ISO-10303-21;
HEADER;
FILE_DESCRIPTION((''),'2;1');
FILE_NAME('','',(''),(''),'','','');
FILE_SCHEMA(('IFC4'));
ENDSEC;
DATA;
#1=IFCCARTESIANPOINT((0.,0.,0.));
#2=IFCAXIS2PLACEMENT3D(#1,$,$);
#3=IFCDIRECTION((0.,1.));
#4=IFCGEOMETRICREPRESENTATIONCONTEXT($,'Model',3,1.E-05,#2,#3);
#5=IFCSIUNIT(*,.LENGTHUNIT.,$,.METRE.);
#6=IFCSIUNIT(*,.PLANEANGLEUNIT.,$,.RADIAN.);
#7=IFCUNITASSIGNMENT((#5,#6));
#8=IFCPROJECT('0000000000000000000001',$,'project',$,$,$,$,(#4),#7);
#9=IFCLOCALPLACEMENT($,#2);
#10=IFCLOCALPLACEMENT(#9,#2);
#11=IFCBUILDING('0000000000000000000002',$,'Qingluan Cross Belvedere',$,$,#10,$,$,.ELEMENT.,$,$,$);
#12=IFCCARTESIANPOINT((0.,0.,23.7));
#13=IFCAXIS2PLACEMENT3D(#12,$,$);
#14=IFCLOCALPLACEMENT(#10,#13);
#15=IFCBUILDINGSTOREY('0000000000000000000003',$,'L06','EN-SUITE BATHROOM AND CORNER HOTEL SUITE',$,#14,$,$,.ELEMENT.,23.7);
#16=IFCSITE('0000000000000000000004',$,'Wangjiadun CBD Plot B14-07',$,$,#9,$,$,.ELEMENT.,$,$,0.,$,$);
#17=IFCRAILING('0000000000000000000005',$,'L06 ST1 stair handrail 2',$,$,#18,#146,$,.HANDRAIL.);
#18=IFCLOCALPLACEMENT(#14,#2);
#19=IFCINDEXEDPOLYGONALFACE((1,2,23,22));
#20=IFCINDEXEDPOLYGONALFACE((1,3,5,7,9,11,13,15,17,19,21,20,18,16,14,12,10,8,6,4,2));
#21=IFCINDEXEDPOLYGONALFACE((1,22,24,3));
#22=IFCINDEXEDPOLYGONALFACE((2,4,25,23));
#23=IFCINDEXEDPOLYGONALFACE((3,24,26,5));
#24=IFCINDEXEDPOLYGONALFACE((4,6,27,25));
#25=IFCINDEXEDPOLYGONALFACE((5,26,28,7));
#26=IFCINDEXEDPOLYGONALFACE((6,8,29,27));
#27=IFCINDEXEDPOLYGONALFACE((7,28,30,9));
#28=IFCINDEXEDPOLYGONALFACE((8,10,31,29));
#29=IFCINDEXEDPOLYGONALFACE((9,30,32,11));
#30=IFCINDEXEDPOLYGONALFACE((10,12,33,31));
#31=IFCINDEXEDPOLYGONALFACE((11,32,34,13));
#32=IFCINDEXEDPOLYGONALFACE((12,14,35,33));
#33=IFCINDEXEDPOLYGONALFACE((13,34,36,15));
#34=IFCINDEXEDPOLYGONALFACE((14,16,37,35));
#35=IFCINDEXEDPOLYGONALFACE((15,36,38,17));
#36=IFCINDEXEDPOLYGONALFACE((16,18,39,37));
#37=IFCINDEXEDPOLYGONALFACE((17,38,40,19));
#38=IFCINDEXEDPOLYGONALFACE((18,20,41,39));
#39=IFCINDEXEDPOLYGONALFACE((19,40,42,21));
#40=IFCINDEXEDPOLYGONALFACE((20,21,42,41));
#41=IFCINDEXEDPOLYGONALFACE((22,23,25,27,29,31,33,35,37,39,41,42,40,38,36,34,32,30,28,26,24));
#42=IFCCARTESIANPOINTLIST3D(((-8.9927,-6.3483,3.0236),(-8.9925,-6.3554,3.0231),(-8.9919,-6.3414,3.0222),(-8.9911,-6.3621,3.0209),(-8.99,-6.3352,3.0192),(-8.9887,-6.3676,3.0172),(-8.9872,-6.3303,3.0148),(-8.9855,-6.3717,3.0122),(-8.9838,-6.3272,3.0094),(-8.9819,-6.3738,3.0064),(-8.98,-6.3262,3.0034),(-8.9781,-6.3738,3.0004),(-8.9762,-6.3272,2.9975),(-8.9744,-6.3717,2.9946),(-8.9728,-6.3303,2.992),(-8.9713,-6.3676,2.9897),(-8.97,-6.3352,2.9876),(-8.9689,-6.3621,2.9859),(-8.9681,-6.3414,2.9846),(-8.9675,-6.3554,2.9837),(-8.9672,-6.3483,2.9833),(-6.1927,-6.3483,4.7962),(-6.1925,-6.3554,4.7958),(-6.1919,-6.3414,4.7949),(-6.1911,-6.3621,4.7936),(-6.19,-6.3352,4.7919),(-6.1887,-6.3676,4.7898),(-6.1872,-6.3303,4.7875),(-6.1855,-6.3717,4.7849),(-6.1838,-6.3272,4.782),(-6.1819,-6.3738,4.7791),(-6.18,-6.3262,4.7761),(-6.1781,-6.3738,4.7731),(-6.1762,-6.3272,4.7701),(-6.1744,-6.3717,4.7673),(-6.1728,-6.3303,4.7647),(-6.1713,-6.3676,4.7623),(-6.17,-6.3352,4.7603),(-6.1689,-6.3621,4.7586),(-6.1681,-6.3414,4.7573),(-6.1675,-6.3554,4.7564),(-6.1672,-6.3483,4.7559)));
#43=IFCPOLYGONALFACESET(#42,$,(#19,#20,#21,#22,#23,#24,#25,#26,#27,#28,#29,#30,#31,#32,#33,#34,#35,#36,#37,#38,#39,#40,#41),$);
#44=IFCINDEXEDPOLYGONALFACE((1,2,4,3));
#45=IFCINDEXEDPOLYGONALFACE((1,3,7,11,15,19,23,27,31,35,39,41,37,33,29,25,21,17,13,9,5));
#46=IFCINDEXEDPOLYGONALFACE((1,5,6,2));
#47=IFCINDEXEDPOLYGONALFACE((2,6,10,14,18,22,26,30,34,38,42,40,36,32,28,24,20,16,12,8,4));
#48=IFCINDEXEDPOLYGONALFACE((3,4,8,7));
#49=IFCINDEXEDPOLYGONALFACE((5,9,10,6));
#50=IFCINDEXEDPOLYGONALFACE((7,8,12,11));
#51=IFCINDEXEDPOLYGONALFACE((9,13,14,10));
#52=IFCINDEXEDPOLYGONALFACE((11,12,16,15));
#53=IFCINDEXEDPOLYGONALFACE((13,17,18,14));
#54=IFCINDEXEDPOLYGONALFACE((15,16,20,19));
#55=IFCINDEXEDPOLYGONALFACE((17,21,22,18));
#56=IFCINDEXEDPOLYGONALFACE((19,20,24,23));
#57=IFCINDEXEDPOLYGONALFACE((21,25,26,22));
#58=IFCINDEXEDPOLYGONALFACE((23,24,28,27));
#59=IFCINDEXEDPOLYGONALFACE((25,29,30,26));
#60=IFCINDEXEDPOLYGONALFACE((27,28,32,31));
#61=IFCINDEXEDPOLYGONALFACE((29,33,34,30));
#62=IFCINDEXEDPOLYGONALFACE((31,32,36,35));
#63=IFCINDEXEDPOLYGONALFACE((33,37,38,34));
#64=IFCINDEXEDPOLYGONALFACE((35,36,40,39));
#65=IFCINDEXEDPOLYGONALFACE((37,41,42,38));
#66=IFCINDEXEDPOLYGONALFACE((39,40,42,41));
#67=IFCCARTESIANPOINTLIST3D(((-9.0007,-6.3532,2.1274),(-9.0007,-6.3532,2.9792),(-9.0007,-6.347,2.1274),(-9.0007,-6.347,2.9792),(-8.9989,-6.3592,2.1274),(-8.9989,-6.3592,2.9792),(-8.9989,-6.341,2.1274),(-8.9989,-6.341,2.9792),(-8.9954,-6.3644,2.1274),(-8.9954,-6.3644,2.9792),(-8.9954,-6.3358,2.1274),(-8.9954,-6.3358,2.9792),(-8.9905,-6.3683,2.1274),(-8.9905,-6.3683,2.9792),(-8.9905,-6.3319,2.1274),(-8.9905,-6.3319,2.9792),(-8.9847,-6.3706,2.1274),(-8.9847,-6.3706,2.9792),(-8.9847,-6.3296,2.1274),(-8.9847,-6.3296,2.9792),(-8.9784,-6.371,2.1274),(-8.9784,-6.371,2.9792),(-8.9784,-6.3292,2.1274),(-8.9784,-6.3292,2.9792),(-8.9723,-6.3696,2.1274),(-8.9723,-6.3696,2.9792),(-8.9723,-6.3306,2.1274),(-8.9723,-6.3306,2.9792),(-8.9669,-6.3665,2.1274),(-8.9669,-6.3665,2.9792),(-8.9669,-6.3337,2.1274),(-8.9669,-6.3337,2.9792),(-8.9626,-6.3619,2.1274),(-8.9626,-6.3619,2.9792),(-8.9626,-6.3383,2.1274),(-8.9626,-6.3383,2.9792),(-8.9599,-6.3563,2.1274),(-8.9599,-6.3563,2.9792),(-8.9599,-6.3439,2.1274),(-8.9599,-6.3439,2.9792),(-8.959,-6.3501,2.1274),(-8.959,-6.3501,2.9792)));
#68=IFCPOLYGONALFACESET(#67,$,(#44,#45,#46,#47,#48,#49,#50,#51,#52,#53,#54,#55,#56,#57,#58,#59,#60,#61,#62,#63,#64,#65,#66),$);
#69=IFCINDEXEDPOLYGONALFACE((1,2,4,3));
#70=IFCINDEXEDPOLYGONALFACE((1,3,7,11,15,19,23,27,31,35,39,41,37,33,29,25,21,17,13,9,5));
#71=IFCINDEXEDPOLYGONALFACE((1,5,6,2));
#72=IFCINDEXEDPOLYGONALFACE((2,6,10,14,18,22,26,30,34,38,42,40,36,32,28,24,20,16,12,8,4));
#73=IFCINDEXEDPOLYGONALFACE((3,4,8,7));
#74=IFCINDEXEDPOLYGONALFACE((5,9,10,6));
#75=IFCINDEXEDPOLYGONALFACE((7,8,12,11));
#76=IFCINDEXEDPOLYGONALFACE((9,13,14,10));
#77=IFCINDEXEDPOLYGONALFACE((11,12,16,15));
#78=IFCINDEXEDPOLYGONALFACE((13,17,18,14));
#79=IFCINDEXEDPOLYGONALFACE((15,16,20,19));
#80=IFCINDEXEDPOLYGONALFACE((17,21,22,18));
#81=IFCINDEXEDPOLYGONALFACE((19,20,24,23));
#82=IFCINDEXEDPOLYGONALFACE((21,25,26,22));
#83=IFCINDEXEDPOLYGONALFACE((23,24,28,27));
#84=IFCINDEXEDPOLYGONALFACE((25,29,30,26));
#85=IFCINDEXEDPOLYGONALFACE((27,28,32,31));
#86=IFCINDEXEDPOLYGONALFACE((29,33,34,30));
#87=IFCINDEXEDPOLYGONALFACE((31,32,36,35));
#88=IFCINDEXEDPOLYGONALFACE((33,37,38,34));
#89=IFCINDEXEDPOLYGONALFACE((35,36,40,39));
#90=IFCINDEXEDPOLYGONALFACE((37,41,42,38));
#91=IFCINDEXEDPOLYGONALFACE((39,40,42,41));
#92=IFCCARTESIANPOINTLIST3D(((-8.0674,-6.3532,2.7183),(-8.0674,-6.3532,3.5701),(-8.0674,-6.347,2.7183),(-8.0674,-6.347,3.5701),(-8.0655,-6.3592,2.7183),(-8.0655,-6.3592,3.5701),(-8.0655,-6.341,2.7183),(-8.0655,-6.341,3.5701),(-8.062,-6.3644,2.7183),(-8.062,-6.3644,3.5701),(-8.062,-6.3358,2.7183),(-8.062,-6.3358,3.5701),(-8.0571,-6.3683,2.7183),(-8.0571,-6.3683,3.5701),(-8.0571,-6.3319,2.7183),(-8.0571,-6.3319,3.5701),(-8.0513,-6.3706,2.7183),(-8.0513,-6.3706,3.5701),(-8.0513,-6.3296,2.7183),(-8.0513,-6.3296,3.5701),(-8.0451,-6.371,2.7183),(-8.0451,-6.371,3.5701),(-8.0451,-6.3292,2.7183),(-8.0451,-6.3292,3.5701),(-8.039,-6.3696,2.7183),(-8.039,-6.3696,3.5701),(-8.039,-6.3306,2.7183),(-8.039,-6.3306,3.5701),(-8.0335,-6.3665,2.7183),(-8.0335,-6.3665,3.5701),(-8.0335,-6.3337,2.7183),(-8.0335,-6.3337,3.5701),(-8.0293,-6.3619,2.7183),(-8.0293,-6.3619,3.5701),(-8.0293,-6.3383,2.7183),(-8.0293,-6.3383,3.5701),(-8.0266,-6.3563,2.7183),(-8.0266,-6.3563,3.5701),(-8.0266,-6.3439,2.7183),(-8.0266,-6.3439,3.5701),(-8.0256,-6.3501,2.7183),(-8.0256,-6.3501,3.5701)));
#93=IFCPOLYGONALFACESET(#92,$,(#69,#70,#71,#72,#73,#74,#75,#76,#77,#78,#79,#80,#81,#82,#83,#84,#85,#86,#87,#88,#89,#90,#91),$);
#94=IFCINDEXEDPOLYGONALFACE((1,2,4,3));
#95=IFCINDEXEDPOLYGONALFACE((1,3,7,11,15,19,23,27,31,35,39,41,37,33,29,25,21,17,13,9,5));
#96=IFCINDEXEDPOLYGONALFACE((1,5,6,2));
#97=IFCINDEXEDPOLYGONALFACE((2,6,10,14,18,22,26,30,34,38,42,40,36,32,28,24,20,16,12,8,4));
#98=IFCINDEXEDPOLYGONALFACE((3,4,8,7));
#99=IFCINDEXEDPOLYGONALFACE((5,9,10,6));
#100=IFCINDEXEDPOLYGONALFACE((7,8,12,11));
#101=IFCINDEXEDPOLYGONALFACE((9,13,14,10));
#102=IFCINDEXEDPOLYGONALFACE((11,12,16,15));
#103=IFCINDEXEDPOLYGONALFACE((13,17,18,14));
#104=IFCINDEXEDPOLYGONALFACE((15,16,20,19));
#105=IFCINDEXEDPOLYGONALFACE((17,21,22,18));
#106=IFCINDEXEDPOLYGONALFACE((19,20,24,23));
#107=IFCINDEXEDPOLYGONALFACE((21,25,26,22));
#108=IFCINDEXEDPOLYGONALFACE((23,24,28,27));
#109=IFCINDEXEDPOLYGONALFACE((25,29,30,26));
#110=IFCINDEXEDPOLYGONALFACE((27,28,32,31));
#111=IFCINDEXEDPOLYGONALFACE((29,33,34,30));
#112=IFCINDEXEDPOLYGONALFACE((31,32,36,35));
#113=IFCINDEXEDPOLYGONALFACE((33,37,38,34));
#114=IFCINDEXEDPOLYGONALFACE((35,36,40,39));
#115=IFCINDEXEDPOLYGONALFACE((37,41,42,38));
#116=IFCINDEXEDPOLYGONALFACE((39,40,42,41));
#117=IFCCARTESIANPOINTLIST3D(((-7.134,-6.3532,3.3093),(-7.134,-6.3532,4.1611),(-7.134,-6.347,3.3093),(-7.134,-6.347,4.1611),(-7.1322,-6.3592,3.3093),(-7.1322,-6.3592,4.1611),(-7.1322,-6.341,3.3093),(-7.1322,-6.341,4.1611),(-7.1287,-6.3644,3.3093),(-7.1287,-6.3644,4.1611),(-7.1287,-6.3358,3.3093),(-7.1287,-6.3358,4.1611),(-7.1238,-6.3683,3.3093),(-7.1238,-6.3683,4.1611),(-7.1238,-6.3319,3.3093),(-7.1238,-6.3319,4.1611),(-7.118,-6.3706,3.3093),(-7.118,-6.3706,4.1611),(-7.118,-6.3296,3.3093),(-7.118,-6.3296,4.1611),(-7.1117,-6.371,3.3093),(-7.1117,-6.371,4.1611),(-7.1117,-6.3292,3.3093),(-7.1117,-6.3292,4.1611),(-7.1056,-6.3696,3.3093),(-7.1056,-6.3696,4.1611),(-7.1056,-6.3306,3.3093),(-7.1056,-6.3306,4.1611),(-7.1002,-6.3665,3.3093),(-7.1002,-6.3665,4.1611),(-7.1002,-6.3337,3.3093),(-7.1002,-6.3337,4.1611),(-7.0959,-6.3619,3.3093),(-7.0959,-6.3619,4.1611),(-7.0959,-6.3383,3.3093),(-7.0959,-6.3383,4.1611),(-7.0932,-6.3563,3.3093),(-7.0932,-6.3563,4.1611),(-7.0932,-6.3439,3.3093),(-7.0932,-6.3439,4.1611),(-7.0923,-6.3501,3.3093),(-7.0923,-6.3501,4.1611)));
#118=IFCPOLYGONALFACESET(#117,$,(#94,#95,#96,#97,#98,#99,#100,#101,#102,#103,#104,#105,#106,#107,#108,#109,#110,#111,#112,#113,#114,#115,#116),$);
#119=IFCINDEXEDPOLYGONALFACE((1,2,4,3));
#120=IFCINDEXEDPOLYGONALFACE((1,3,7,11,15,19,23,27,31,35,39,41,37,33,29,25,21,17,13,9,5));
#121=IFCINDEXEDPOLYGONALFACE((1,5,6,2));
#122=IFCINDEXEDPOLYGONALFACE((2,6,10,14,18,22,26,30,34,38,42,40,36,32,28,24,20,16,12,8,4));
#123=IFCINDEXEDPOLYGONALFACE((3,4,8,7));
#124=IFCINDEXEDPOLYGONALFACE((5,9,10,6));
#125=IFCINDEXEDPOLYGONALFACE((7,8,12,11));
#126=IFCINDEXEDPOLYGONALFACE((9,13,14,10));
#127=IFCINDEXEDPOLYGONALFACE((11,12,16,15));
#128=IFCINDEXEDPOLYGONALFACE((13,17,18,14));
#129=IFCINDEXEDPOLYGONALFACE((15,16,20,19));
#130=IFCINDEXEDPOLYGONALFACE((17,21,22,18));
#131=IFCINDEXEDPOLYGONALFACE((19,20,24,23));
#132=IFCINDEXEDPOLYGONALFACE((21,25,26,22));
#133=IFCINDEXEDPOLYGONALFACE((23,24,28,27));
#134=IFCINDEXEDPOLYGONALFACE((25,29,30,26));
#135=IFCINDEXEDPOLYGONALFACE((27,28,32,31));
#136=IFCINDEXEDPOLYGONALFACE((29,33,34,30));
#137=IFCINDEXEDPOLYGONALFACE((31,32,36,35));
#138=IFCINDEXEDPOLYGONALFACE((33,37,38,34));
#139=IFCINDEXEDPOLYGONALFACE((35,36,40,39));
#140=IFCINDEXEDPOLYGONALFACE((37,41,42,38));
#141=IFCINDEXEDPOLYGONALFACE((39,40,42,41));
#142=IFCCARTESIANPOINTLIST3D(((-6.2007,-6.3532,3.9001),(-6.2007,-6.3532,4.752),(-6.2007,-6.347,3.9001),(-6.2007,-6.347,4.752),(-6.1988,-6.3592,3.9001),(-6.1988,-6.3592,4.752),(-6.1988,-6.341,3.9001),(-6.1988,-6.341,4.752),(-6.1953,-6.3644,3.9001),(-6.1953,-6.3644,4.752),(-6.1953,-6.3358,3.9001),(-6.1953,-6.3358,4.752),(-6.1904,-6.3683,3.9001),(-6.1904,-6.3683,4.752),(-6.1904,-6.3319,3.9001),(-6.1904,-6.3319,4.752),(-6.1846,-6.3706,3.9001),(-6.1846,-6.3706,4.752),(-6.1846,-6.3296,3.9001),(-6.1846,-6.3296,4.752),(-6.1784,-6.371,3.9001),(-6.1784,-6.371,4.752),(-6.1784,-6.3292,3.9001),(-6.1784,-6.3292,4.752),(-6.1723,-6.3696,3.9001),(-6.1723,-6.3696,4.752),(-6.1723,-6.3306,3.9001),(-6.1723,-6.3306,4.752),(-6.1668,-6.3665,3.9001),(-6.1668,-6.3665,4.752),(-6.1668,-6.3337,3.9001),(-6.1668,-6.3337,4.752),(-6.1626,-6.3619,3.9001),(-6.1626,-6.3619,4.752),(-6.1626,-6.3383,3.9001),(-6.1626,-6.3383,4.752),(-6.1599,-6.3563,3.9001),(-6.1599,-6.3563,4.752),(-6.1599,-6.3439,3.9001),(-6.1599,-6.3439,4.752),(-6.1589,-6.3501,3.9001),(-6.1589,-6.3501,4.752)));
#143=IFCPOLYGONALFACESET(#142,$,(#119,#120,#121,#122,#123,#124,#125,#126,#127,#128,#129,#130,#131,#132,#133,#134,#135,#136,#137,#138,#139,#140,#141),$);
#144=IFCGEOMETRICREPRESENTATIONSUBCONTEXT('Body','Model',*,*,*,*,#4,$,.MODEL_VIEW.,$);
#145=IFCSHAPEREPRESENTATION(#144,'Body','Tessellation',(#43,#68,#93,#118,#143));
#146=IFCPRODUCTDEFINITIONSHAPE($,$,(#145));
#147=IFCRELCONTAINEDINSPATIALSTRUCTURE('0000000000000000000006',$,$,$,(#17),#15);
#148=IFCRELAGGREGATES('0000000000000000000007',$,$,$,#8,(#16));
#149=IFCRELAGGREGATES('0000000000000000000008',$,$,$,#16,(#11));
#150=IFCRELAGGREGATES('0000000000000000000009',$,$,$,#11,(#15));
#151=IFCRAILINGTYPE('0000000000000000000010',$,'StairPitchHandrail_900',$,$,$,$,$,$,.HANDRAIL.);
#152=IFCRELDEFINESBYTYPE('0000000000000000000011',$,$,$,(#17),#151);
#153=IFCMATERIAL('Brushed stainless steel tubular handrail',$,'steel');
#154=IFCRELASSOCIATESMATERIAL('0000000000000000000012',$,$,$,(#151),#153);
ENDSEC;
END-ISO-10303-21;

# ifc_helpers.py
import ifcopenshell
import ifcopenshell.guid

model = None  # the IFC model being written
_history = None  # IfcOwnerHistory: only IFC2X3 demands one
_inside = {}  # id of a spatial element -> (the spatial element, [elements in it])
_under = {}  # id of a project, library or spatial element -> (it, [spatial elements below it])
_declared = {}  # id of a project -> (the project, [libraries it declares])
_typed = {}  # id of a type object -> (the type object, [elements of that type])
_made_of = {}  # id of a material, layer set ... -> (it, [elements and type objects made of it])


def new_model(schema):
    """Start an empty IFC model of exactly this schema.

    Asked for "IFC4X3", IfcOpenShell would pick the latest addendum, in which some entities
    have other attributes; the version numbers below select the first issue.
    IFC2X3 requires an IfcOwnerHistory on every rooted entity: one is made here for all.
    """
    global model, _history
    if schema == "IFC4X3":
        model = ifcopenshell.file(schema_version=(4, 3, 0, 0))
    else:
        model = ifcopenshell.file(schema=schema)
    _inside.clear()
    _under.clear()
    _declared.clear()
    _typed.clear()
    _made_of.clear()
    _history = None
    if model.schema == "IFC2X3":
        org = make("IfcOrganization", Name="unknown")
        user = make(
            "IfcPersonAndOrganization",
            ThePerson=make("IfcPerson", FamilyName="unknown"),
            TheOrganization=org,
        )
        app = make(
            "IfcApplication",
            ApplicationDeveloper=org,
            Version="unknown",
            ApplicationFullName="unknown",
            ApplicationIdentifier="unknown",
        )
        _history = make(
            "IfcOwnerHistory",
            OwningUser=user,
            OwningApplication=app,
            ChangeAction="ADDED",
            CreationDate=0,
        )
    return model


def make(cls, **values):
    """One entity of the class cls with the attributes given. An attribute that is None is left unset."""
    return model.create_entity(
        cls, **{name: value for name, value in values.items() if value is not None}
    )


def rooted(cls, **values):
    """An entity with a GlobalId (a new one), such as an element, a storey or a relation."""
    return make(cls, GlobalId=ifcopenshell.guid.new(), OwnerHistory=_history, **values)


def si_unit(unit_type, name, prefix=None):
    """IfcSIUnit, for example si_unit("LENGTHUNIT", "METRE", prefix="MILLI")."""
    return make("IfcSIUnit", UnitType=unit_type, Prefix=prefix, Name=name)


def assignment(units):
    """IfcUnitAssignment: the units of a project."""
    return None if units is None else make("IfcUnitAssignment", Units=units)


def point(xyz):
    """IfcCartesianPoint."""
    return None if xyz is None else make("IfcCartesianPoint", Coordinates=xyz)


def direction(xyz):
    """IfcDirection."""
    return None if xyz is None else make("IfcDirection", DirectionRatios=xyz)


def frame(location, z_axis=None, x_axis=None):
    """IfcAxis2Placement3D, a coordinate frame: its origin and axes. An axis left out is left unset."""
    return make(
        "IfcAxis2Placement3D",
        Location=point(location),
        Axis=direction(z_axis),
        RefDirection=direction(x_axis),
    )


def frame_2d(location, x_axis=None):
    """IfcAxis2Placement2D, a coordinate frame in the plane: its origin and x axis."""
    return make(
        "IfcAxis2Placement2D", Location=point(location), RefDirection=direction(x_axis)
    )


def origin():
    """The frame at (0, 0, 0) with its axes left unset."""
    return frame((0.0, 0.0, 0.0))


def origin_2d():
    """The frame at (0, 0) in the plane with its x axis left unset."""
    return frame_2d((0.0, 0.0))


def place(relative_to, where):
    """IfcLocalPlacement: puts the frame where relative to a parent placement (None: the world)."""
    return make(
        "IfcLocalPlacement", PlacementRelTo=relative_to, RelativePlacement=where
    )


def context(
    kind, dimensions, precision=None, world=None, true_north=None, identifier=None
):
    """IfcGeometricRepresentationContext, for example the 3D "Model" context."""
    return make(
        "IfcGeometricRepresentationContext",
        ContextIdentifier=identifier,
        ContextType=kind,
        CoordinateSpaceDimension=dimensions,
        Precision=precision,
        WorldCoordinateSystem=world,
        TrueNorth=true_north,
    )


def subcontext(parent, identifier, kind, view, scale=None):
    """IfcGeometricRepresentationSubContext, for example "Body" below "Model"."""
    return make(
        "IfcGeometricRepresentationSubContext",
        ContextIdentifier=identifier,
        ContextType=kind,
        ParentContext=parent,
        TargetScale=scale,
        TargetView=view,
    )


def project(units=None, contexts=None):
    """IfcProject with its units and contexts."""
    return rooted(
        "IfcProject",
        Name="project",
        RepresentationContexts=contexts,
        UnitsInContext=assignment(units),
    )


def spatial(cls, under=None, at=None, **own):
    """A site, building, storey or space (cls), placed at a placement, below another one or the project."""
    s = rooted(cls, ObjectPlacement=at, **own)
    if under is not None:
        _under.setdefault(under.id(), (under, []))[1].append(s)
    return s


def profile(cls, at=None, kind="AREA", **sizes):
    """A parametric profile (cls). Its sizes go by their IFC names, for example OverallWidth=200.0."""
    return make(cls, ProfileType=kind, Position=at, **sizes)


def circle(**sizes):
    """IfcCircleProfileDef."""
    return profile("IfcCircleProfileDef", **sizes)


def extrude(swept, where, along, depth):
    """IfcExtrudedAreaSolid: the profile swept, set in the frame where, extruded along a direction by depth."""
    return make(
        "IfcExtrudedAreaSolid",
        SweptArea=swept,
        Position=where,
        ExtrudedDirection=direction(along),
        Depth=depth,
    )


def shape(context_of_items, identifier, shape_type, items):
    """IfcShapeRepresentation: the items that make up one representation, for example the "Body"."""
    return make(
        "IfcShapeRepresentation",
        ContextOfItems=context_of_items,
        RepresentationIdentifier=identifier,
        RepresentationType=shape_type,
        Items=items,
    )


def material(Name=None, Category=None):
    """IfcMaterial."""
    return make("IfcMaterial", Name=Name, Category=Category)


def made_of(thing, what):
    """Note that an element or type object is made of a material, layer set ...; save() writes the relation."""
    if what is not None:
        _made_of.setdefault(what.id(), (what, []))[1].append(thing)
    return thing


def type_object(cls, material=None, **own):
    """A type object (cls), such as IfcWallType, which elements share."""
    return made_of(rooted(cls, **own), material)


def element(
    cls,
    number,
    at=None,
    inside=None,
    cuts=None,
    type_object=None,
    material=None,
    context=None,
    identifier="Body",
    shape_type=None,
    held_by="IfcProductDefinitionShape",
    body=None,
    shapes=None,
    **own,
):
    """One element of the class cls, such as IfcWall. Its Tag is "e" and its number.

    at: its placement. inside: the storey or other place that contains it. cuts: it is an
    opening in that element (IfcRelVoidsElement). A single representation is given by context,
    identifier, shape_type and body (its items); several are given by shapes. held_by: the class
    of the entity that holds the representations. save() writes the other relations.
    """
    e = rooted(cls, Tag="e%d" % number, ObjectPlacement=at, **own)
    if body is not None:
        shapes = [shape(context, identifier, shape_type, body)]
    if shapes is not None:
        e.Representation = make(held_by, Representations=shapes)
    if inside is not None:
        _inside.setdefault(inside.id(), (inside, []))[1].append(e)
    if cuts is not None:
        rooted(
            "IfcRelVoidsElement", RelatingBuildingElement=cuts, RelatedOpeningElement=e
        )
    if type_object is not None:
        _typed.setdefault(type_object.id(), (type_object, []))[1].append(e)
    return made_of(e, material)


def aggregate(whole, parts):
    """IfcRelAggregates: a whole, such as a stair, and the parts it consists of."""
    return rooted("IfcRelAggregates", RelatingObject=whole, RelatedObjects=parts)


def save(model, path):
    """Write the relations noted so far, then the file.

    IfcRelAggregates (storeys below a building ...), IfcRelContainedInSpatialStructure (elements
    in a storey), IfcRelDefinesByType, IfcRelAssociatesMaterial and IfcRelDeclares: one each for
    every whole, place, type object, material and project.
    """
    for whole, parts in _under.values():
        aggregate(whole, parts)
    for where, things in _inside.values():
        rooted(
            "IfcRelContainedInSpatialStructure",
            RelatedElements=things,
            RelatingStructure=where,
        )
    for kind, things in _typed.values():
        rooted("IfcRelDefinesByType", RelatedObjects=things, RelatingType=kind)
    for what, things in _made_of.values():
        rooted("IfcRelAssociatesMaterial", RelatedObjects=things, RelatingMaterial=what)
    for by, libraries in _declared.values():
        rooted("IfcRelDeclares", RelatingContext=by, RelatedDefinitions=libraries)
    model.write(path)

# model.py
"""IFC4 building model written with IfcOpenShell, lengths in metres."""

from ifc_helpers import new_model, si_unit, direction, frame, origin, origin_2d, place, context, subcontext, project, spatial, circle, extrude, material, type_object, element, save


model = new_model("IFC4")

# Units and contexts
model_context = context("Model", 3, precision=1e-05, world=origin(), true_north=direction((0.0, 1.0)))
body_context = subcontext(model_context, "Body", "Model", "MODEL_VIEW")
ifc_project = project(units=[si_unit("LENGTHUNIT", "METRE"), si_unit("PLANEANGLEUNIT", "RADIAN")], contexts=[model_context])

# Site, building, storey
site_placement = place(None, origin())
site = spatial("IfcSite", under=ifc_project, at=site_placement, Name="Wangjiadun CBD Plot B14-07", CompositionType="ELEMENT", RefElevation=0.0)
building_placement = place(site_placement, origin())
building = spatial("IfcBuilding", under=site, at=building_placement, Name="Qingluan Cross Belvedere", CompositionType="ELEMENT")
storey_placement = place(building_placement, frame((0.0, 0.0, 23.7)))
storey = spatial("IfcBuildingStorey", under=building, at=storey_placement, Name="L06", Description="EN-SUITE BATHROOM AND CORNER HOTEL SUITE", CompositionType="ELEMENT", Elevation=23.7)

# Railing
ifc_material_1 = material(Name="Brushed stainless steel tubular handrail", Category="steel")
railing_type_1 = type_object("IfcRailingType", Name="StairPitchHandrail_900", PredefinedType="HANDRAIL", material=ifc_material_1)
railing_1_placement = place(storey_placement, frame((-8.98, -6.3501, 2.1274)))
element("IfcRailing", 1, at=railing_1_placement, inside=storey, type_object=railing_type_1, Name="L06 ST1 stair handrail 2", PredefinedType="HANDRAIL", context=body_context, shape_type="SweptSolid", body=[
    extrude(circle(Radius=0.0239, at=origin_2d()), frame((0.0, 0.0, 0.876), z_axis=(0.844909, 0.0, 0.53491), x_axis=(0.0, 1.0, 0.0)), (0.0, 0.0, 1.0), 3.314),
    extrude(circle(Radius=0.021, at=origin_2d()), origin(), (0.0, 0.0, 1.0), 0.8518),
    extrude(circle(Radius=0.021, at=origin_2d()), frame((0.9333, 0.0, 0.5908)), (0.0, 0.0, 1.0), 0.8518),
    extrude(circle(Radius=0.021, at=origin_2d()), frame((1.8667, 0.0, 1.1819)), (0.0, 0.0, 1.0), 0.8518),
    extrude(circle(Radius=0.021, at=origin_2d()), frame((2.8, 0.0, 1.7727)), (0.0, 0.0, 1.0), 0.8518),
])

save(model, "model.ifc")
